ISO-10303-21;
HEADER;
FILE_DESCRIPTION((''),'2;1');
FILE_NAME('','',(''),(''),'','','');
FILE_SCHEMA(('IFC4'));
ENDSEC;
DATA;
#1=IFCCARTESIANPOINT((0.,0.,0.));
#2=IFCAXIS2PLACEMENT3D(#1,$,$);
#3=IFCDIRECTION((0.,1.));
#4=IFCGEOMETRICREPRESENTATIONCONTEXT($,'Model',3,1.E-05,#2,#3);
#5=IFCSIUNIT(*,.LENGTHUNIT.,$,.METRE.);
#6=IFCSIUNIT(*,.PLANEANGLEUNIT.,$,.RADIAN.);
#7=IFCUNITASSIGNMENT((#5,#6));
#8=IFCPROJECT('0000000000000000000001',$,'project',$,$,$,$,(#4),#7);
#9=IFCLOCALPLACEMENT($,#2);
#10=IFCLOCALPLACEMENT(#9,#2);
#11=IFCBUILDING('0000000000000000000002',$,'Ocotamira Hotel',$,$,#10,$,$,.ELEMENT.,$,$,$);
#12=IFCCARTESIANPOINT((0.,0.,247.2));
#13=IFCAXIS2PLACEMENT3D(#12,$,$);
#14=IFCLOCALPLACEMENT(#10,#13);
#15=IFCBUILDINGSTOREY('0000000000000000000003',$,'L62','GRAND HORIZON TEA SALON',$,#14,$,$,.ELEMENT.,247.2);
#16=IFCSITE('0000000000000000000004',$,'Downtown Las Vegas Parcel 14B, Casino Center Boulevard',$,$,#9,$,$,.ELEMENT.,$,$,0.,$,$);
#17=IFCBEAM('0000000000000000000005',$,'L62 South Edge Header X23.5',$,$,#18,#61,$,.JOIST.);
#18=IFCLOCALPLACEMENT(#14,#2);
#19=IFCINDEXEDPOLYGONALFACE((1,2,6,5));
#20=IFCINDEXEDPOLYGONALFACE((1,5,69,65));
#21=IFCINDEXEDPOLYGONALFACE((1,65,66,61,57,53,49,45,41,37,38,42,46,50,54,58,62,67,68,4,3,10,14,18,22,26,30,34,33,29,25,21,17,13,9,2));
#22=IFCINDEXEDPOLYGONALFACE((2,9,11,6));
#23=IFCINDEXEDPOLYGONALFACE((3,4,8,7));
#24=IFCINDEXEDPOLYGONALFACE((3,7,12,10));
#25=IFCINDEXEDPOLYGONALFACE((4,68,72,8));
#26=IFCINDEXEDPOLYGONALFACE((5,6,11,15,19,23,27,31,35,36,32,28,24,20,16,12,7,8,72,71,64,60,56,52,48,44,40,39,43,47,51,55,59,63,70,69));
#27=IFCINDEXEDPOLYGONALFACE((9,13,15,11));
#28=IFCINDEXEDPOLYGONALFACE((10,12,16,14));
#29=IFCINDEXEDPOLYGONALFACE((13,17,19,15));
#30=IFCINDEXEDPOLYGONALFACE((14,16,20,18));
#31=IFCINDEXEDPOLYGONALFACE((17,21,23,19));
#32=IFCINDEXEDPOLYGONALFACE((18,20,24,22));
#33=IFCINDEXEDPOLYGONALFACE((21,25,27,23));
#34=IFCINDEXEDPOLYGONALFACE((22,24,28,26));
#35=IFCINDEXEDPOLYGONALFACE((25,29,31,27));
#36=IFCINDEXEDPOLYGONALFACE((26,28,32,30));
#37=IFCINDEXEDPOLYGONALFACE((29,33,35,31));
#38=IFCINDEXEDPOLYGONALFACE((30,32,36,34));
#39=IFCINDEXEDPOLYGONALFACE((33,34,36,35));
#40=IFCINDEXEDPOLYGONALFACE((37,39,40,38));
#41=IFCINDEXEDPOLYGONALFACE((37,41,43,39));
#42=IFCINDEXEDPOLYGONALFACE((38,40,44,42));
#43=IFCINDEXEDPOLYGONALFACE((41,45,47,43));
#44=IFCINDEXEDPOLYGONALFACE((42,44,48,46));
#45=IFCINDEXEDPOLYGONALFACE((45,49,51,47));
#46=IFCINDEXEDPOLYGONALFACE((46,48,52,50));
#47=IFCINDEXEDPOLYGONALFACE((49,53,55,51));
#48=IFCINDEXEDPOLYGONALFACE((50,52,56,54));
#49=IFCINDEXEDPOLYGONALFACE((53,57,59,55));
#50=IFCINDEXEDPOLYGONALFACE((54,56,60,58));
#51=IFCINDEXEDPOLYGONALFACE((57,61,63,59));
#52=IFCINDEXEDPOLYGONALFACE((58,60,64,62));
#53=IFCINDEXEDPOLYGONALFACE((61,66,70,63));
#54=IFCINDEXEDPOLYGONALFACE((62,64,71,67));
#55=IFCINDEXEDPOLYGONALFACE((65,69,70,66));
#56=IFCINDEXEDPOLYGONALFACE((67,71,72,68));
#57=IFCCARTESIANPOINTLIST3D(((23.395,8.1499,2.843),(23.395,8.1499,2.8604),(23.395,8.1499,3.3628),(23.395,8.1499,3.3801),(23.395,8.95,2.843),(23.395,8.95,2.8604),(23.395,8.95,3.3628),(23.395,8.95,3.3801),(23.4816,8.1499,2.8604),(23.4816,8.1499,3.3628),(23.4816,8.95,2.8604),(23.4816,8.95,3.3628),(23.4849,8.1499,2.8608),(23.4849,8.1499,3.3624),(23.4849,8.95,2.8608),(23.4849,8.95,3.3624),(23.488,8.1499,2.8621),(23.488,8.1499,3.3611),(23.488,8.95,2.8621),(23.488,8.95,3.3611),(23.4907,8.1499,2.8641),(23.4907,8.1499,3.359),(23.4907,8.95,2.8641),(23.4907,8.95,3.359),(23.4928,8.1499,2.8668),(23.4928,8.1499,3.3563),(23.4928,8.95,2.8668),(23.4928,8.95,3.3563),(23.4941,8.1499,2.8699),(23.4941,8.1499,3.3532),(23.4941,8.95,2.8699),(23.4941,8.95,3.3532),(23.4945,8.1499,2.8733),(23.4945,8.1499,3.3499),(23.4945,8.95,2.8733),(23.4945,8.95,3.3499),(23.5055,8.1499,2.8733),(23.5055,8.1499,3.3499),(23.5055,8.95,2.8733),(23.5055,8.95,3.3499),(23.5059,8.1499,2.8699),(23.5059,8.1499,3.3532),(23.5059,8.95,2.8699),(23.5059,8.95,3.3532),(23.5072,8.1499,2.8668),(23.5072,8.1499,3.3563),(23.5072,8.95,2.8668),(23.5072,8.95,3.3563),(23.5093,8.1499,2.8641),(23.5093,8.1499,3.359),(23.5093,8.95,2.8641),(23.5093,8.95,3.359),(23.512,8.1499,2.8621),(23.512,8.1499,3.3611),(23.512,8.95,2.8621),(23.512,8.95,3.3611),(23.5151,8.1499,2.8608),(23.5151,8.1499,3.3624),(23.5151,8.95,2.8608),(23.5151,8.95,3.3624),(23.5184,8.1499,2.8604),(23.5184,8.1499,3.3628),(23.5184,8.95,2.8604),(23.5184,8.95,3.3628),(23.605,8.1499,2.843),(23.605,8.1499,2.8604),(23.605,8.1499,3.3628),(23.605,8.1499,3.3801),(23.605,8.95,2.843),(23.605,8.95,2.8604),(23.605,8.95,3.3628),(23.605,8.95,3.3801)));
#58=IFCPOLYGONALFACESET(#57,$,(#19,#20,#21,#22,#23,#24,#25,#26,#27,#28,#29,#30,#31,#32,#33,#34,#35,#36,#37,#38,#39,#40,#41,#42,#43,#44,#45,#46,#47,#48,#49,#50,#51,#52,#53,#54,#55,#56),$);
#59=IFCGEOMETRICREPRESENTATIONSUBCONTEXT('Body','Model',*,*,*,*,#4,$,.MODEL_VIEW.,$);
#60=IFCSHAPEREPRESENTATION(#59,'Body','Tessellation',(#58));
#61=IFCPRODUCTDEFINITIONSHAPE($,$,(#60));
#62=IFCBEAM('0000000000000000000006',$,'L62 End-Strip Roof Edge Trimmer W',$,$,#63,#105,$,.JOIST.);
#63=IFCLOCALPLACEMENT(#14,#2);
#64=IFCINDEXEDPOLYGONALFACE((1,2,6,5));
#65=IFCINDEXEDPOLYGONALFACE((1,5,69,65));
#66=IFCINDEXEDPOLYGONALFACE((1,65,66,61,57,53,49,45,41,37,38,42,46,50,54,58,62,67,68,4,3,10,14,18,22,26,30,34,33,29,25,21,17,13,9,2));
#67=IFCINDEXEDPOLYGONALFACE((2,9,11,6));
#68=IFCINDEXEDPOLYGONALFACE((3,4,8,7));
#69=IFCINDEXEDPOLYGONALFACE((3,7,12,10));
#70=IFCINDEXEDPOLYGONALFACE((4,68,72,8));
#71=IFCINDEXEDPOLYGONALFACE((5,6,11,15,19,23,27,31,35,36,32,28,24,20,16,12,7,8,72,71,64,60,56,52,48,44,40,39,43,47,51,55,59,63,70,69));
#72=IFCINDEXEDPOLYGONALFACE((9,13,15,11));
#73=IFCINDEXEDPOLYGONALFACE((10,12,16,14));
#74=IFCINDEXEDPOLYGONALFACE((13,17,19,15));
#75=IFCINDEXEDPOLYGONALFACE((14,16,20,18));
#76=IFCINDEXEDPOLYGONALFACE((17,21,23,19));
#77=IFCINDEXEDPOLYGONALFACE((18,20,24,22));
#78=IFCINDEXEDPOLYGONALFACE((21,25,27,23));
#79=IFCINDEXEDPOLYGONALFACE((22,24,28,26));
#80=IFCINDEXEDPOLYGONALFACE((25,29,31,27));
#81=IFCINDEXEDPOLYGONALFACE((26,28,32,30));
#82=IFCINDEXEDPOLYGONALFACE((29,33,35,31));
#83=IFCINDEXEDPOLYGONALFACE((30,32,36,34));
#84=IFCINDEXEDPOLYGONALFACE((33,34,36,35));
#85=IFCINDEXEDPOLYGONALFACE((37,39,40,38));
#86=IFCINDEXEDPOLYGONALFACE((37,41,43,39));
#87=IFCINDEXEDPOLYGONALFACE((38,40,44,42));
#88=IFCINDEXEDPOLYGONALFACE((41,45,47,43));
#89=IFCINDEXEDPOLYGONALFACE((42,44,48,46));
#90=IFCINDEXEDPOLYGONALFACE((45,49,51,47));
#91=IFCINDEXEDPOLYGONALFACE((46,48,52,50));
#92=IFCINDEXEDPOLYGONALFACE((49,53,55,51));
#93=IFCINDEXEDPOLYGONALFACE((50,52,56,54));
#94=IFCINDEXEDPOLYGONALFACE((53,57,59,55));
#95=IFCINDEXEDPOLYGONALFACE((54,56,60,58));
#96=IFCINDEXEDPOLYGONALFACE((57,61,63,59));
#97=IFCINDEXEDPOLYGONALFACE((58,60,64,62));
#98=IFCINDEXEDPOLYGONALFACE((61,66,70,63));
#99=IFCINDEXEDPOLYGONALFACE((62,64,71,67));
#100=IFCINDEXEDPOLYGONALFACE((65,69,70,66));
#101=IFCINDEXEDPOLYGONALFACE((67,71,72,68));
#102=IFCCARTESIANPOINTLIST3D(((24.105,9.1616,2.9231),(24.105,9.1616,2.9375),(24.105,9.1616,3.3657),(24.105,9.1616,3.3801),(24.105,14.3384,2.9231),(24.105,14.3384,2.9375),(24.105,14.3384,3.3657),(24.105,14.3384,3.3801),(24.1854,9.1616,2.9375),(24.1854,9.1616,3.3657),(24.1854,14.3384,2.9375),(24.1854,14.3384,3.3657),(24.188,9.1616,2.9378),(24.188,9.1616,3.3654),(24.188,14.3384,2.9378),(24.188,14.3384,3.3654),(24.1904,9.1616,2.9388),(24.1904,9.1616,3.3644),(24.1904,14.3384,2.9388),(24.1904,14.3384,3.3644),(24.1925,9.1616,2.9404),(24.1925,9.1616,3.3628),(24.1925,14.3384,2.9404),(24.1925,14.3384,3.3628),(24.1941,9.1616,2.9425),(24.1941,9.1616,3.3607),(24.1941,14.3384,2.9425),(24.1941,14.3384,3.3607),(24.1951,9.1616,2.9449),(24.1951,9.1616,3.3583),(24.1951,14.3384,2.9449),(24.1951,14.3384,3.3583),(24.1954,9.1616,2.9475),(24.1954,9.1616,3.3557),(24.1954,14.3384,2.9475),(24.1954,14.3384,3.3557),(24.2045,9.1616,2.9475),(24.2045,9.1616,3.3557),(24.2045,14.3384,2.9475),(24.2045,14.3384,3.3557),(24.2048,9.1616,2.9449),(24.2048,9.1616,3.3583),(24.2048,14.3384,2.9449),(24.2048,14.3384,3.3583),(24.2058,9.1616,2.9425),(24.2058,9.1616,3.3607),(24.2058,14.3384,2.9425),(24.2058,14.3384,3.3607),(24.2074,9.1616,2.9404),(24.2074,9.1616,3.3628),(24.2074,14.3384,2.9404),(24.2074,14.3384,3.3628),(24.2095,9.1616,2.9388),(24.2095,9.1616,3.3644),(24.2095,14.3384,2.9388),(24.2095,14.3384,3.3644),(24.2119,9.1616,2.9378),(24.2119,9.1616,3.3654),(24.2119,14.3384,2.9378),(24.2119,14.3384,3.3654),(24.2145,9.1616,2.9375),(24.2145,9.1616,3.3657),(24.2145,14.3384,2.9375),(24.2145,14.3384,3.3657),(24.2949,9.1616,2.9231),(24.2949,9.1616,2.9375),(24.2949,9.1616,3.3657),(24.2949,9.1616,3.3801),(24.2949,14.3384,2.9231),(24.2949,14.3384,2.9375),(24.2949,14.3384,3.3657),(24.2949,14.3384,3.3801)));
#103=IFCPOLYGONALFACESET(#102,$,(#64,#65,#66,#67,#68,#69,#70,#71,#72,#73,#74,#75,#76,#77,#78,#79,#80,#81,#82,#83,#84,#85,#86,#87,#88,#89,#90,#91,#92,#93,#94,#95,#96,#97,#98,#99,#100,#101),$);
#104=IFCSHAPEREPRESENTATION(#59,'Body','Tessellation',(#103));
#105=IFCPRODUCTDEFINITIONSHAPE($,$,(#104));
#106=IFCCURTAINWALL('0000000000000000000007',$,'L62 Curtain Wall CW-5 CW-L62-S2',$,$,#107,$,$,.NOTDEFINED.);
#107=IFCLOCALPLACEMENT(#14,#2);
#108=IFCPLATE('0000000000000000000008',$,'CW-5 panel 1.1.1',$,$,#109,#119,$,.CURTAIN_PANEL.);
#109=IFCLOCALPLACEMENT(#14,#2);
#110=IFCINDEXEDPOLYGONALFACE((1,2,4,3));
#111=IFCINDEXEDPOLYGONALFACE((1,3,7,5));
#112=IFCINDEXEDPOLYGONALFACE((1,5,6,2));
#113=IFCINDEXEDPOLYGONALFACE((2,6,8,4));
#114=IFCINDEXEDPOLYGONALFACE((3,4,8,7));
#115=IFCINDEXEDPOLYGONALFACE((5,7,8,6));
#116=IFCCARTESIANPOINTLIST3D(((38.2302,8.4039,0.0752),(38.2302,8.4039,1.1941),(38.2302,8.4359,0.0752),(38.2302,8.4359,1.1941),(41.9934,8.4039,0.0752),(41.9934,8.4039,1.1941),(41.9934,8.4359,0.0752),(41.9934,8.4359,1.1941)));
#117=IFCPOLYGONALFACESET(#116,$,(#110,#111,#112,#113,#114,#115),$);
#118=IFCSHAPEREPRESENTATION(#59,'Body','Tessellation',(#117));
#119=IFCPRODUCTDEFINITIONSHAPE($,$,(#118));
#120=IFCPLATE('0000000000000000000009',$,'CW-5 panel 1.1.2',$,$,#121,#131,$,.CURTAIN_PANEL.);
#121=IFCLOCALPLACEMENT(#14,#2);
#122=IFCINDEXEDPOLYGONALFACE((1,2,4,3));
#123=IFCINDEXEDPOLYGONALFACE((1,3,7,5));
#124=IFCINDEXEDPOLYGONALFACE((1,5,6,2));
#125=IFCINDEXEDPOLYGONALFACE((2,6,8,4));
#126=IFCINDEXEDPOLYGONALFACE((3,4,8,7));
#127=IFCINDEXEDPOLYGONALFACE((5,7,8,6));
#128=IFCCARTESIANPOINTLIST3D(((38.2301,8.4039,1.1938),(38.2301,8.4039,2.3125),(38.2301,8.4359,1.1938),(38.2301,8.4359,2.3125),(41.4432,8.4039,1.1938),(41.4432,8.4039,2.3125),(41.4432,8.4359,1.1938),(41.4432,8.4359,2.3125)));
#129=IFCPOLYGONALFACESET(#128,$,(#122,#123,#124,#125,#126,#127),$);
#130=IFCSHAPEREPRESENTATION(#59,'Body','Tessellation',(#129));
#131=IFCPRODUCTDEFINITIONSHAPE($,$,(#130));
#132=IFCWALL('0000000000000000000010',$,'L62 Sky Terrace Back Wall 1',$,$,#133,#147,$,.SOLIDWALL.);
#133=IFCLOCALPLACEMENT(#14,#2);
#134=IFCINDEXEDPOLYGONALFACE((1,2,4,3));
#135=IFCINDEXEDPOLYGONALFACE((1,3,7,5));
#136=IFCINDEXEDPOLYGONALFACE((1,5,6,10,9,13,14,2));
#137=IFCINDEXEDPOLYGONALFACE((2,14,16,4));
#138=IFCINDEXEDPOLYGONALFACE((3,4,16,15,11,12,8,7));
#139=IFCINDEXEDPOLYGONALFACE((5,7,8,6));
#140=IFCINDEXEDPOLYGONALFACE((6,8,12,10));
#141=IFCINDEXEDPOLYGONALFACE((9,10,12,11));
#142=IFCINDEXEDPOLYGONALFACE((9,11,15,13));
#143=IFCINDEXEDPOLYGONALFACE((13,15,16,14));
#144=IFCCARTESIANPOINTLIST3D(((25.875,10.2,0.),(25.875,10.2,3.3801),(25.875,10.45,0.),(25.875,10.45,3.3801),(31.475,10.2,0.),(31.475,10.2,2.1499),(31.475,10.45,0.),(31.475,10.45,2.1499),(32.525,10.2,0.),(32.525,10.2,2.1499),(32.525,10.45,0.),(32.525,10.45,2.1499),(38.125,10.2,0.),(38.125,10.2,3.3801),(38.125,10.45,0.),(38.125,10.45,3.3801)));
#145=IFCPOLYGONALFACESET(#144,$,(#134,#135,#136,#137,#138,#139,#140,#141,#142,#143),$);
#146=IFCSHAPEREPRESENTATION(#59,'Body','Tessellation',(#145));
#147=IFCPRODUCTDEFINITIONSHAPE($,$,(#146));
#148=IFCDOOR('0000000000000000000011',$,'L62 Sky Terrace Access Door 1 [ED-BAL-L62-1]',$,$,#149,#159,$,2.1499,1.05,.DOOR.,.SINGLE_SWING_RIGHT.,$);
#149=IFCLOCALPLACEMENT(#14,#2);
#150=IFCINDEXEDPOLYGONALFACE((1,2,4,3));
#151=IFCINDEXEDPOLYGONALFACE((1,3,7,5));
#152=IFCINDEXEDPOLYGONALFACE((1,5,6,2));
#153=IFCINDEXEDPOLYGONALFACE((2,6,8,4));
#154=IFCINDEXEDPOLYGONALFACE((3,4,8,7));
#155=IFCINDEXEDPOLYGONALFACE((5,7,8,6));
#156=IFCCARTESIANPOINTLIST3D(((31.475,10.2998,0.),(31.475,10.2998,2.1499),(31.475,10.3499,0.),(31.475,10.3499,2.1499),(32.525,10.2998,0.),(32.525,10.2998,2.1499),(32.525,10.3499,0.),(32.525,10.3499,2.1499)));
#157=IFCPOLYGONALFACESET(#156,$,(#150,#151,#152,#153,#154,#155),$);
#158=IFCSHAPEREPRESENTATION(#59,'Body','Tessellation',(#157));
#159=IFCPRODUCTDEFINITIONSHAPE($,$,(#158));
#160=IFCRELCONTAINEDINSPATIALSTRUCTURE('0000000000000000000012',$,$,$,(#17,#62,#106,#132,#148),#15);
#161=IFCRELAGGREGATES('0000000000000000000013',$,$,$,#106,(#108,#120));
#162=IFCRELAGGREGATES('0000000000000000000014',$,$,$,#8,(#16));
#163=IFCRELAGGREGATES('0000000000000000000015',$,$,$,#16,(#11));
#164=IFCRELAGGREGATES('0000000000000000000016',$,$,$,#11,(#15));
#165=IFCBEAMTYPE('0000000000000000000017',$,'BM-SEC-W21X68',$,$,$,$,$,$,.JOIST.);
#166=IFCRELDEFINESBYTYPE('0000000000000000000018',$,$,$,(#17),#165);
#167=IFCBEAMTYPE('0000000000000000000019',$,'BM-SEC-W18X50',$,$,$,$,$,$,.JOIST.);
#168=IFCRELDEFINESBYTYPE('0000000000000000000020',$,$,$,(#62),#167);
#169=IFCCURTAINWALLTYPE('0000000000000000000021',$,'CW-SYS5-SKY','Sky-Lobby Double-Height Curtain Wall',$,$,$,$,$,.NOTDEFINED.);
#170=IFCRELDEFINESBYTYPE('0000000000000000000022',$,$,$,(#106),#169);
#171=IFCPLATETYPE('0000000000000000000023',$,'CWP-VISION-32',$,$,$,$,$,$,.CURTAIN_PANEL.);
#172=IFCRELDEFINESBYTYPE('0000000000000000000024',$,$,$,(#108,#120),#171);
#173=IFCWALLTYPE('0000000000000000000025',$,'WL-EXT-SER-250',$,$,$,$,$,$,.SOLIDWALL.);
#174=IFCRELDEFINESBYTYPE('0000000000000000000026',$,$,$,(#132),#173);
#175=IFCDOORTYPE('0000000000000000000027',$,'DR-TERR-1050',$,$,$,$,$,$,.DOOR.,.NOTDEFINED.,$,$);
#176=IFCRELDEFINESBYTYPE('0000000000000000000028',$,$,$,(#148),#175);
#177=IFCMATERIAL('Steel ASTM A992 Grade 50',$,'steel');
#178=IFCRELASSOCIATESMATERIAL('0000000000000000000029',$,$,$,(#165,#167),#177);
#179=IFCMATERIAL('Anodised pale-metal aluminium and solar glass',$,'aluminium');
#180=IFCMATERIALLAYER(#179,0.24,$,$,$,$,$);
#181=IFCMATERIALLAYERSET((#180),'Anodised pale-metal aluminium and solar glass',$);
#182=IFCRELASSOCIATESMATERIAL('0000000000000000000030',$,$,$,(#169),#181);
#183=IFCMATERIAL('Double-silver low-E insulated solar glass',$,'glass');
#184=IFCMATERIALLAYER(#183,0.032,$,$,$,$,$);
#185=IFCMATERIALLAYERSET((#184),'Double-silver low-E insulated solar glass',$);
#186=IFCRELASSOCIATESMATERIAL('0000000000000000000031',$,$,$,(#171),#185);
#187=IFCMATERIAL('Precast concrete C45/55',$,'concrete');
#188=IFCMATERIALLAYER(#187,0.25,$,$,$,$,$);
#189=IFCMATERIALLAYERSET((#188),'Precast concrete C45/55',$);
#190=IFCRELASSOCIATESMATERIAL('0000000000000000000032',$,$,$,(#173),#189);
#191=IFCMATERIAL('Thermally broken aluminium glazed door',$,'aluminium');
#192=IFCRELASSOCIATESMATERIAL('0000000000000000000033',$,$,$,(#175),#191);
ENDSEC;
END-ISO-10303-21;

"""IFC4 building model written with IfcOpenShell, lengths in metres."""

from ifc_helpers import new_model, si_unit, direction, frame, frame_2d, origin, origin_2d, place, context, subcontext, project, spatial, rectangle, i_section, extrude, source, transform, mapped, material, layer, layer_set, material_profile, profile_set, type_object, element, fill, aggregate, save


model = new_model("IFC4")

# Units and contexts
model_context = context("Model", 3, precision=1e-05, world=origin(), true_north=direction((0.0, 1.0)))
body_context = subcontext(model_context, "Body", "Model", "MODEL_VIEW")
ifc_project = project(units=[si_unit("LENGTHUNIT", "METRE"), si_unit("PLANEANGLEUNIT", "RADIAN")], contexts=[model_context])

# Site, building, storey
site_placement = place(None, origin())
site = spatial("IfcSite", under=ifc_project, at=site_placement, Name="Downtown Las Vegas Parcel 14B, Casino Center Boulevard", CompositionType="ELEMENT", RefElevation=0.0)
building_placement = place(site_placement, origin())
building = spatial("IfcBuilding", under=site, at=building_placement, Name="Ocotamira Hotel", CompositionType="ELEMENT")
storey_placement = place(building_placement, frame((0.0, 0.0, 247.2)))
storey = spatial("IfcBuildingStorey", under=building, at=storey_placement, Name="L62", Description="GRAND HORIZON TEA SALON", CompositionType="ELEMENT", Elevation=247.2)

# Shared definitions
ifc_material_1 = material(Name="Steel ASTM A992 Grade 50", Category="steel")

# Beams
ifc_material_profile_1 = material_profile(ifc_material_1, i_section(OverallWidth=0.21, OverallDepth=0.5371, WebThickness=0.011, FlangeThickness=0.0173, FilletRadius=0.0129, at=origin_2d()), Name="W21X68")
ifc_profile_set_1 = profile_set([ifc_material_profile_1], Name="Steel ASTM A992 Grade 50")
beam_type_1 = type_object("IfcBeamType", Name="BM-SEC-W21X68", PredefinedType="JOIST", material=ifc_profile_set_1)
ifc_material_profile_2 = material_profile(ifc_material_1, i_section(OverallWidth=0.1899, OverallDepth=0.457, WebThickness=0.009, FlangeThickness=0.0144, FilletRadius=0.01, at=origin_2d()), Name="W18X50")
ifc_profile_set_2 = profile_set([ifc_material_profile_2], Name="Steel ASTM A992 Grade 50")
beam_type_2 = type_object("IfcBeamType", Name="BM-SEC-W18X50", PredefinedType="JOIST", material=ifc_profile_set_2)
shared_shape_1 = source(origin(), body_context, "Body", "SweptSolid", [
    extrude(i_section(OverallWidth=0.21, OverallDepth=0.5371, WebThickness=0.011, FlangeThickness=0.0173, FilletRadius=0.0129, at=origin_2d()), origin(), (0.0, 0.0, 1.0), 0.8),
])
beam_1_placement = place(storey_placement, frame((23.5, 8.95, 3.1116), z_axis=(0.0, -1.0, 0.0), x_axis=(1.0, 0.0, 0.0)))
element("IfcBeam", 1, at=beam_1_placement, inside=storey, type_object=beam_type_1, Name="L62 South Edge Header X23.5", PredefinedType="JOIST", context=body_context, shape_type="MappedRepresentation", body=[
    mapped(shared_shape_1, transform((0.0, 0.0, 0.0), scale=1.0)),
])
shared_shape_2 = source(origin(), body_context, "Body", "SweptSolid", [
    extrude(i_section(OverallWidth=0.1899, OverallDepth=0.457, WebThickness=0.009, FlangeThickness=0.0144, FilletRadius=0.01, at=origin_2d()), origin(), (0.0, 0.0, 1.0), 5.1768),
])
beam_2_placement = place(storey_placement, frame((24.2, 9.1616, 3.1516), z_axis=(0.0, 1.0, 0.0), x_axis=(-1.0, 0.0, 0.0)))
element("IfcBeam", 2, at=beam_2_placement, inside=storey, type_object=beam_type_2, Name="L62 End-Strip Roof Edge Trimmer W", PredefinedType="JOIST", context=body_context, shape_type="MappedRepresentation", body=[
    mapped(shared_shape_2, transform((0.0, 0.0, 0.0), scale=1.0)),
])

# Curtain wall, plates
ifc_material_2 = material(Name="Anodised pale-metal aluminium and solar glass", Category="aluminium")
ifc_layer_1 = layer(ifc_material_2, 0.24)
ifc_layer_set_1 = layer_set([ifc_layer_1], Name="Anodised pale-metal aluminium and solar glass")
curtain_wall_type = type_object("IfcCurtainWallType", Name="CW-SYS5-SKY", Description="Sky-Lobby Double-Height Curtain Wall", PredefinedType="NOTDEFINED", material=ifc_layer_set_1)
curtain_wall_placement = place(storey_placement, origin())
curtain_wall = element("IfcCurtainWall", 3, at=curtain_wall_placement, inside=storey, type_object=curtain_wall_type, Name="L62 Curtain Wall CW-5 CW-L62-S2", PredefinedType="NOTDEFINED")
ifc_material_3 = material(Name="Double-silver low-E insulated solar glass", Category="glass")
ifc_layer_2 = layer(ifc_material_3, 0.032)
ifc_layer_set_2 = layer_set([ifc_layer_2], Name="Double-silver low-E insulated solar glass")
plate_type = type_object("IfcPlateType", Name="CWP-VISION-32", PredefinedType="CURTAIN_PANEL", material=ifc_layer_set_2)
shared_shape_3 = source(origin(), body_context, "Body", "SweptSolid", [
    extrude(rectangle(XDim=3.7632, YDim=0.032, at=origin_2d()), origin(), (0.0, 0.0, 1.0), 1.1189),
])
plate_1_placement = place(storey_placement, frame((40.1118, 8.4199, 0.0752), z_axis=(0.0, 0.0, 1.0), x_axis=(1.0, 0.0, 0.0)))
plate_1 = element("IfcPlate", 4, at=plate_1_placement, type_object=plate_type, Name="CW-5 panel 1.1.1", PredefinedType="CURTAIN_PANEL", context=body_context, shape_type="MappedRepresentation", body=[
    mapped(shared_shape_3, transform((0.0, 0.0, 0.0), scale=1.0)),
])
shared_shape_4 = source(origin(), body_context, "Body", "SweptSolid", [
    extrude(rectangle(XDim=3.2131, YDim=0.032, at=origin_2d()), origin(), (0.0, 0.0, 1.0), 1.1187),
])
plate_2_placement = place(storey_placement, frame((39.8367, 8.4199, 1.1938), z_axis=(0.0, 0.0, 1.0), x_axis=(1.0, 0.0, 0.0)))
plate_2 = element("IfcPlate", 5, at=plate_2_placement, type_object=plate_type, Name="CW-5 panel 1.1.2", PredefinedType="CURTAIN_PANEL", context=body_context, shape_type="MappedRepresentation", body=[
    mapped(shared_shape_4, transform((0.0, 0.0, 0.0), scale=1.0)),
])
aggregate(curtain_wall, [plate_1, plate_2])

# Wall, opening, door
ifc_material_4 = material(Name="Precast concrete C45/55", Category="concrete")
ifc_layer_3 = layer(ifc_material_4, 0.25)
ifc_layer_set_3 = layer_set([ifc_layer_3], Name="Precast concrete C45/55")
wall_type_1 = type_object("IfcWallType", Name="WL-EXT-SER-250", PredefinedType="SOLIDWALL", material=ifc_layer_set_3)
wall_1_placement = place(storey_placement, frame((25.875, 10.325, 0.0), z_axis=(0.0, 0.0, 1.0), x_axis=(1.0, 0.0, 0.0)))
wall_1 = element("IfcWall", 6, at=wall_1_placement, inside=storey, type_object=wall_type_1, Name="L62 Sky Terrace Back Wall 1", PredefinedType="SOLIDWALL", context=body_context, shape_type="SweptSolid", body=[
    extrude(rectangle(XDim=12.25, YDim=0.25, at=frame_2d((6.125, 0.0))), origin(), (0.0, 0.0, 1.0), 3.3801),
])
opening_1_placement = place(wall_1_placement, frame((5.6001, 0.0, 0.0)))
opening_1 = element("IfcOpeningElement", 7, at=opening_1_placement, cuts=wall_1, PredefinedType="OPENING", context=body_context, shape_type="SweptSolid", body=[
    extrude(rectangle(XDim=1.05, YDim=2.1499, at=frame_2d((0.5249, 1.075))), frame((0.0, 0.135, 0.0), z_axis=(0.0, -1.0, 0.0), x_axis=(1.0, 0.0, 0.0)), (0.0, 0.0, 1.0), 0.27),
])
ifc_material_5 = material(Name="Thermally broken aluminium glazed door", Category="aluminium")
door_type_1 = type_object("IfcDoorType", Name="DR-TERR-1050", OperationType="NOTDEFINED", PredefinedType="DOOR", material=ifc_material_5)
shared_shape_5 = source(origin(), body_context, "Body", "SweptSolid", [
    extrude(rectangle(XDim=1.05, YDim=2.1499, at=frame_2d((0.5249, 1.075))), frame((0.0, 0.0249, 0.0), z_axis=(0.0, -1.0, 0.0), x_axis=(1.0, 0.0, 0.0)), (0.0, 0.0, 1.0), 0.05),
])
door_1_placement = place(opening_1_placement, origin())
door_1 = element("IfcDoor", 8, at=door_1_placement, inside=storey, type_object=door_type_1, Name="L62 Sky Terrace Access Door 1 [ED-BAL-L62-1]", OperationType="SINGLE_SWING_RIGHT", OverallHeight=2.1499, OverallWidth=1.05, PredefinedType="DOOR", context=body_context, shape_type="MappedRepresentation", body=[
    mapped(shared_shape_5, transform((0.0, 0.0, 0.0), scale=1.0)),
])
fill(opening_1, door_1)

save(model, "model.ifc")
